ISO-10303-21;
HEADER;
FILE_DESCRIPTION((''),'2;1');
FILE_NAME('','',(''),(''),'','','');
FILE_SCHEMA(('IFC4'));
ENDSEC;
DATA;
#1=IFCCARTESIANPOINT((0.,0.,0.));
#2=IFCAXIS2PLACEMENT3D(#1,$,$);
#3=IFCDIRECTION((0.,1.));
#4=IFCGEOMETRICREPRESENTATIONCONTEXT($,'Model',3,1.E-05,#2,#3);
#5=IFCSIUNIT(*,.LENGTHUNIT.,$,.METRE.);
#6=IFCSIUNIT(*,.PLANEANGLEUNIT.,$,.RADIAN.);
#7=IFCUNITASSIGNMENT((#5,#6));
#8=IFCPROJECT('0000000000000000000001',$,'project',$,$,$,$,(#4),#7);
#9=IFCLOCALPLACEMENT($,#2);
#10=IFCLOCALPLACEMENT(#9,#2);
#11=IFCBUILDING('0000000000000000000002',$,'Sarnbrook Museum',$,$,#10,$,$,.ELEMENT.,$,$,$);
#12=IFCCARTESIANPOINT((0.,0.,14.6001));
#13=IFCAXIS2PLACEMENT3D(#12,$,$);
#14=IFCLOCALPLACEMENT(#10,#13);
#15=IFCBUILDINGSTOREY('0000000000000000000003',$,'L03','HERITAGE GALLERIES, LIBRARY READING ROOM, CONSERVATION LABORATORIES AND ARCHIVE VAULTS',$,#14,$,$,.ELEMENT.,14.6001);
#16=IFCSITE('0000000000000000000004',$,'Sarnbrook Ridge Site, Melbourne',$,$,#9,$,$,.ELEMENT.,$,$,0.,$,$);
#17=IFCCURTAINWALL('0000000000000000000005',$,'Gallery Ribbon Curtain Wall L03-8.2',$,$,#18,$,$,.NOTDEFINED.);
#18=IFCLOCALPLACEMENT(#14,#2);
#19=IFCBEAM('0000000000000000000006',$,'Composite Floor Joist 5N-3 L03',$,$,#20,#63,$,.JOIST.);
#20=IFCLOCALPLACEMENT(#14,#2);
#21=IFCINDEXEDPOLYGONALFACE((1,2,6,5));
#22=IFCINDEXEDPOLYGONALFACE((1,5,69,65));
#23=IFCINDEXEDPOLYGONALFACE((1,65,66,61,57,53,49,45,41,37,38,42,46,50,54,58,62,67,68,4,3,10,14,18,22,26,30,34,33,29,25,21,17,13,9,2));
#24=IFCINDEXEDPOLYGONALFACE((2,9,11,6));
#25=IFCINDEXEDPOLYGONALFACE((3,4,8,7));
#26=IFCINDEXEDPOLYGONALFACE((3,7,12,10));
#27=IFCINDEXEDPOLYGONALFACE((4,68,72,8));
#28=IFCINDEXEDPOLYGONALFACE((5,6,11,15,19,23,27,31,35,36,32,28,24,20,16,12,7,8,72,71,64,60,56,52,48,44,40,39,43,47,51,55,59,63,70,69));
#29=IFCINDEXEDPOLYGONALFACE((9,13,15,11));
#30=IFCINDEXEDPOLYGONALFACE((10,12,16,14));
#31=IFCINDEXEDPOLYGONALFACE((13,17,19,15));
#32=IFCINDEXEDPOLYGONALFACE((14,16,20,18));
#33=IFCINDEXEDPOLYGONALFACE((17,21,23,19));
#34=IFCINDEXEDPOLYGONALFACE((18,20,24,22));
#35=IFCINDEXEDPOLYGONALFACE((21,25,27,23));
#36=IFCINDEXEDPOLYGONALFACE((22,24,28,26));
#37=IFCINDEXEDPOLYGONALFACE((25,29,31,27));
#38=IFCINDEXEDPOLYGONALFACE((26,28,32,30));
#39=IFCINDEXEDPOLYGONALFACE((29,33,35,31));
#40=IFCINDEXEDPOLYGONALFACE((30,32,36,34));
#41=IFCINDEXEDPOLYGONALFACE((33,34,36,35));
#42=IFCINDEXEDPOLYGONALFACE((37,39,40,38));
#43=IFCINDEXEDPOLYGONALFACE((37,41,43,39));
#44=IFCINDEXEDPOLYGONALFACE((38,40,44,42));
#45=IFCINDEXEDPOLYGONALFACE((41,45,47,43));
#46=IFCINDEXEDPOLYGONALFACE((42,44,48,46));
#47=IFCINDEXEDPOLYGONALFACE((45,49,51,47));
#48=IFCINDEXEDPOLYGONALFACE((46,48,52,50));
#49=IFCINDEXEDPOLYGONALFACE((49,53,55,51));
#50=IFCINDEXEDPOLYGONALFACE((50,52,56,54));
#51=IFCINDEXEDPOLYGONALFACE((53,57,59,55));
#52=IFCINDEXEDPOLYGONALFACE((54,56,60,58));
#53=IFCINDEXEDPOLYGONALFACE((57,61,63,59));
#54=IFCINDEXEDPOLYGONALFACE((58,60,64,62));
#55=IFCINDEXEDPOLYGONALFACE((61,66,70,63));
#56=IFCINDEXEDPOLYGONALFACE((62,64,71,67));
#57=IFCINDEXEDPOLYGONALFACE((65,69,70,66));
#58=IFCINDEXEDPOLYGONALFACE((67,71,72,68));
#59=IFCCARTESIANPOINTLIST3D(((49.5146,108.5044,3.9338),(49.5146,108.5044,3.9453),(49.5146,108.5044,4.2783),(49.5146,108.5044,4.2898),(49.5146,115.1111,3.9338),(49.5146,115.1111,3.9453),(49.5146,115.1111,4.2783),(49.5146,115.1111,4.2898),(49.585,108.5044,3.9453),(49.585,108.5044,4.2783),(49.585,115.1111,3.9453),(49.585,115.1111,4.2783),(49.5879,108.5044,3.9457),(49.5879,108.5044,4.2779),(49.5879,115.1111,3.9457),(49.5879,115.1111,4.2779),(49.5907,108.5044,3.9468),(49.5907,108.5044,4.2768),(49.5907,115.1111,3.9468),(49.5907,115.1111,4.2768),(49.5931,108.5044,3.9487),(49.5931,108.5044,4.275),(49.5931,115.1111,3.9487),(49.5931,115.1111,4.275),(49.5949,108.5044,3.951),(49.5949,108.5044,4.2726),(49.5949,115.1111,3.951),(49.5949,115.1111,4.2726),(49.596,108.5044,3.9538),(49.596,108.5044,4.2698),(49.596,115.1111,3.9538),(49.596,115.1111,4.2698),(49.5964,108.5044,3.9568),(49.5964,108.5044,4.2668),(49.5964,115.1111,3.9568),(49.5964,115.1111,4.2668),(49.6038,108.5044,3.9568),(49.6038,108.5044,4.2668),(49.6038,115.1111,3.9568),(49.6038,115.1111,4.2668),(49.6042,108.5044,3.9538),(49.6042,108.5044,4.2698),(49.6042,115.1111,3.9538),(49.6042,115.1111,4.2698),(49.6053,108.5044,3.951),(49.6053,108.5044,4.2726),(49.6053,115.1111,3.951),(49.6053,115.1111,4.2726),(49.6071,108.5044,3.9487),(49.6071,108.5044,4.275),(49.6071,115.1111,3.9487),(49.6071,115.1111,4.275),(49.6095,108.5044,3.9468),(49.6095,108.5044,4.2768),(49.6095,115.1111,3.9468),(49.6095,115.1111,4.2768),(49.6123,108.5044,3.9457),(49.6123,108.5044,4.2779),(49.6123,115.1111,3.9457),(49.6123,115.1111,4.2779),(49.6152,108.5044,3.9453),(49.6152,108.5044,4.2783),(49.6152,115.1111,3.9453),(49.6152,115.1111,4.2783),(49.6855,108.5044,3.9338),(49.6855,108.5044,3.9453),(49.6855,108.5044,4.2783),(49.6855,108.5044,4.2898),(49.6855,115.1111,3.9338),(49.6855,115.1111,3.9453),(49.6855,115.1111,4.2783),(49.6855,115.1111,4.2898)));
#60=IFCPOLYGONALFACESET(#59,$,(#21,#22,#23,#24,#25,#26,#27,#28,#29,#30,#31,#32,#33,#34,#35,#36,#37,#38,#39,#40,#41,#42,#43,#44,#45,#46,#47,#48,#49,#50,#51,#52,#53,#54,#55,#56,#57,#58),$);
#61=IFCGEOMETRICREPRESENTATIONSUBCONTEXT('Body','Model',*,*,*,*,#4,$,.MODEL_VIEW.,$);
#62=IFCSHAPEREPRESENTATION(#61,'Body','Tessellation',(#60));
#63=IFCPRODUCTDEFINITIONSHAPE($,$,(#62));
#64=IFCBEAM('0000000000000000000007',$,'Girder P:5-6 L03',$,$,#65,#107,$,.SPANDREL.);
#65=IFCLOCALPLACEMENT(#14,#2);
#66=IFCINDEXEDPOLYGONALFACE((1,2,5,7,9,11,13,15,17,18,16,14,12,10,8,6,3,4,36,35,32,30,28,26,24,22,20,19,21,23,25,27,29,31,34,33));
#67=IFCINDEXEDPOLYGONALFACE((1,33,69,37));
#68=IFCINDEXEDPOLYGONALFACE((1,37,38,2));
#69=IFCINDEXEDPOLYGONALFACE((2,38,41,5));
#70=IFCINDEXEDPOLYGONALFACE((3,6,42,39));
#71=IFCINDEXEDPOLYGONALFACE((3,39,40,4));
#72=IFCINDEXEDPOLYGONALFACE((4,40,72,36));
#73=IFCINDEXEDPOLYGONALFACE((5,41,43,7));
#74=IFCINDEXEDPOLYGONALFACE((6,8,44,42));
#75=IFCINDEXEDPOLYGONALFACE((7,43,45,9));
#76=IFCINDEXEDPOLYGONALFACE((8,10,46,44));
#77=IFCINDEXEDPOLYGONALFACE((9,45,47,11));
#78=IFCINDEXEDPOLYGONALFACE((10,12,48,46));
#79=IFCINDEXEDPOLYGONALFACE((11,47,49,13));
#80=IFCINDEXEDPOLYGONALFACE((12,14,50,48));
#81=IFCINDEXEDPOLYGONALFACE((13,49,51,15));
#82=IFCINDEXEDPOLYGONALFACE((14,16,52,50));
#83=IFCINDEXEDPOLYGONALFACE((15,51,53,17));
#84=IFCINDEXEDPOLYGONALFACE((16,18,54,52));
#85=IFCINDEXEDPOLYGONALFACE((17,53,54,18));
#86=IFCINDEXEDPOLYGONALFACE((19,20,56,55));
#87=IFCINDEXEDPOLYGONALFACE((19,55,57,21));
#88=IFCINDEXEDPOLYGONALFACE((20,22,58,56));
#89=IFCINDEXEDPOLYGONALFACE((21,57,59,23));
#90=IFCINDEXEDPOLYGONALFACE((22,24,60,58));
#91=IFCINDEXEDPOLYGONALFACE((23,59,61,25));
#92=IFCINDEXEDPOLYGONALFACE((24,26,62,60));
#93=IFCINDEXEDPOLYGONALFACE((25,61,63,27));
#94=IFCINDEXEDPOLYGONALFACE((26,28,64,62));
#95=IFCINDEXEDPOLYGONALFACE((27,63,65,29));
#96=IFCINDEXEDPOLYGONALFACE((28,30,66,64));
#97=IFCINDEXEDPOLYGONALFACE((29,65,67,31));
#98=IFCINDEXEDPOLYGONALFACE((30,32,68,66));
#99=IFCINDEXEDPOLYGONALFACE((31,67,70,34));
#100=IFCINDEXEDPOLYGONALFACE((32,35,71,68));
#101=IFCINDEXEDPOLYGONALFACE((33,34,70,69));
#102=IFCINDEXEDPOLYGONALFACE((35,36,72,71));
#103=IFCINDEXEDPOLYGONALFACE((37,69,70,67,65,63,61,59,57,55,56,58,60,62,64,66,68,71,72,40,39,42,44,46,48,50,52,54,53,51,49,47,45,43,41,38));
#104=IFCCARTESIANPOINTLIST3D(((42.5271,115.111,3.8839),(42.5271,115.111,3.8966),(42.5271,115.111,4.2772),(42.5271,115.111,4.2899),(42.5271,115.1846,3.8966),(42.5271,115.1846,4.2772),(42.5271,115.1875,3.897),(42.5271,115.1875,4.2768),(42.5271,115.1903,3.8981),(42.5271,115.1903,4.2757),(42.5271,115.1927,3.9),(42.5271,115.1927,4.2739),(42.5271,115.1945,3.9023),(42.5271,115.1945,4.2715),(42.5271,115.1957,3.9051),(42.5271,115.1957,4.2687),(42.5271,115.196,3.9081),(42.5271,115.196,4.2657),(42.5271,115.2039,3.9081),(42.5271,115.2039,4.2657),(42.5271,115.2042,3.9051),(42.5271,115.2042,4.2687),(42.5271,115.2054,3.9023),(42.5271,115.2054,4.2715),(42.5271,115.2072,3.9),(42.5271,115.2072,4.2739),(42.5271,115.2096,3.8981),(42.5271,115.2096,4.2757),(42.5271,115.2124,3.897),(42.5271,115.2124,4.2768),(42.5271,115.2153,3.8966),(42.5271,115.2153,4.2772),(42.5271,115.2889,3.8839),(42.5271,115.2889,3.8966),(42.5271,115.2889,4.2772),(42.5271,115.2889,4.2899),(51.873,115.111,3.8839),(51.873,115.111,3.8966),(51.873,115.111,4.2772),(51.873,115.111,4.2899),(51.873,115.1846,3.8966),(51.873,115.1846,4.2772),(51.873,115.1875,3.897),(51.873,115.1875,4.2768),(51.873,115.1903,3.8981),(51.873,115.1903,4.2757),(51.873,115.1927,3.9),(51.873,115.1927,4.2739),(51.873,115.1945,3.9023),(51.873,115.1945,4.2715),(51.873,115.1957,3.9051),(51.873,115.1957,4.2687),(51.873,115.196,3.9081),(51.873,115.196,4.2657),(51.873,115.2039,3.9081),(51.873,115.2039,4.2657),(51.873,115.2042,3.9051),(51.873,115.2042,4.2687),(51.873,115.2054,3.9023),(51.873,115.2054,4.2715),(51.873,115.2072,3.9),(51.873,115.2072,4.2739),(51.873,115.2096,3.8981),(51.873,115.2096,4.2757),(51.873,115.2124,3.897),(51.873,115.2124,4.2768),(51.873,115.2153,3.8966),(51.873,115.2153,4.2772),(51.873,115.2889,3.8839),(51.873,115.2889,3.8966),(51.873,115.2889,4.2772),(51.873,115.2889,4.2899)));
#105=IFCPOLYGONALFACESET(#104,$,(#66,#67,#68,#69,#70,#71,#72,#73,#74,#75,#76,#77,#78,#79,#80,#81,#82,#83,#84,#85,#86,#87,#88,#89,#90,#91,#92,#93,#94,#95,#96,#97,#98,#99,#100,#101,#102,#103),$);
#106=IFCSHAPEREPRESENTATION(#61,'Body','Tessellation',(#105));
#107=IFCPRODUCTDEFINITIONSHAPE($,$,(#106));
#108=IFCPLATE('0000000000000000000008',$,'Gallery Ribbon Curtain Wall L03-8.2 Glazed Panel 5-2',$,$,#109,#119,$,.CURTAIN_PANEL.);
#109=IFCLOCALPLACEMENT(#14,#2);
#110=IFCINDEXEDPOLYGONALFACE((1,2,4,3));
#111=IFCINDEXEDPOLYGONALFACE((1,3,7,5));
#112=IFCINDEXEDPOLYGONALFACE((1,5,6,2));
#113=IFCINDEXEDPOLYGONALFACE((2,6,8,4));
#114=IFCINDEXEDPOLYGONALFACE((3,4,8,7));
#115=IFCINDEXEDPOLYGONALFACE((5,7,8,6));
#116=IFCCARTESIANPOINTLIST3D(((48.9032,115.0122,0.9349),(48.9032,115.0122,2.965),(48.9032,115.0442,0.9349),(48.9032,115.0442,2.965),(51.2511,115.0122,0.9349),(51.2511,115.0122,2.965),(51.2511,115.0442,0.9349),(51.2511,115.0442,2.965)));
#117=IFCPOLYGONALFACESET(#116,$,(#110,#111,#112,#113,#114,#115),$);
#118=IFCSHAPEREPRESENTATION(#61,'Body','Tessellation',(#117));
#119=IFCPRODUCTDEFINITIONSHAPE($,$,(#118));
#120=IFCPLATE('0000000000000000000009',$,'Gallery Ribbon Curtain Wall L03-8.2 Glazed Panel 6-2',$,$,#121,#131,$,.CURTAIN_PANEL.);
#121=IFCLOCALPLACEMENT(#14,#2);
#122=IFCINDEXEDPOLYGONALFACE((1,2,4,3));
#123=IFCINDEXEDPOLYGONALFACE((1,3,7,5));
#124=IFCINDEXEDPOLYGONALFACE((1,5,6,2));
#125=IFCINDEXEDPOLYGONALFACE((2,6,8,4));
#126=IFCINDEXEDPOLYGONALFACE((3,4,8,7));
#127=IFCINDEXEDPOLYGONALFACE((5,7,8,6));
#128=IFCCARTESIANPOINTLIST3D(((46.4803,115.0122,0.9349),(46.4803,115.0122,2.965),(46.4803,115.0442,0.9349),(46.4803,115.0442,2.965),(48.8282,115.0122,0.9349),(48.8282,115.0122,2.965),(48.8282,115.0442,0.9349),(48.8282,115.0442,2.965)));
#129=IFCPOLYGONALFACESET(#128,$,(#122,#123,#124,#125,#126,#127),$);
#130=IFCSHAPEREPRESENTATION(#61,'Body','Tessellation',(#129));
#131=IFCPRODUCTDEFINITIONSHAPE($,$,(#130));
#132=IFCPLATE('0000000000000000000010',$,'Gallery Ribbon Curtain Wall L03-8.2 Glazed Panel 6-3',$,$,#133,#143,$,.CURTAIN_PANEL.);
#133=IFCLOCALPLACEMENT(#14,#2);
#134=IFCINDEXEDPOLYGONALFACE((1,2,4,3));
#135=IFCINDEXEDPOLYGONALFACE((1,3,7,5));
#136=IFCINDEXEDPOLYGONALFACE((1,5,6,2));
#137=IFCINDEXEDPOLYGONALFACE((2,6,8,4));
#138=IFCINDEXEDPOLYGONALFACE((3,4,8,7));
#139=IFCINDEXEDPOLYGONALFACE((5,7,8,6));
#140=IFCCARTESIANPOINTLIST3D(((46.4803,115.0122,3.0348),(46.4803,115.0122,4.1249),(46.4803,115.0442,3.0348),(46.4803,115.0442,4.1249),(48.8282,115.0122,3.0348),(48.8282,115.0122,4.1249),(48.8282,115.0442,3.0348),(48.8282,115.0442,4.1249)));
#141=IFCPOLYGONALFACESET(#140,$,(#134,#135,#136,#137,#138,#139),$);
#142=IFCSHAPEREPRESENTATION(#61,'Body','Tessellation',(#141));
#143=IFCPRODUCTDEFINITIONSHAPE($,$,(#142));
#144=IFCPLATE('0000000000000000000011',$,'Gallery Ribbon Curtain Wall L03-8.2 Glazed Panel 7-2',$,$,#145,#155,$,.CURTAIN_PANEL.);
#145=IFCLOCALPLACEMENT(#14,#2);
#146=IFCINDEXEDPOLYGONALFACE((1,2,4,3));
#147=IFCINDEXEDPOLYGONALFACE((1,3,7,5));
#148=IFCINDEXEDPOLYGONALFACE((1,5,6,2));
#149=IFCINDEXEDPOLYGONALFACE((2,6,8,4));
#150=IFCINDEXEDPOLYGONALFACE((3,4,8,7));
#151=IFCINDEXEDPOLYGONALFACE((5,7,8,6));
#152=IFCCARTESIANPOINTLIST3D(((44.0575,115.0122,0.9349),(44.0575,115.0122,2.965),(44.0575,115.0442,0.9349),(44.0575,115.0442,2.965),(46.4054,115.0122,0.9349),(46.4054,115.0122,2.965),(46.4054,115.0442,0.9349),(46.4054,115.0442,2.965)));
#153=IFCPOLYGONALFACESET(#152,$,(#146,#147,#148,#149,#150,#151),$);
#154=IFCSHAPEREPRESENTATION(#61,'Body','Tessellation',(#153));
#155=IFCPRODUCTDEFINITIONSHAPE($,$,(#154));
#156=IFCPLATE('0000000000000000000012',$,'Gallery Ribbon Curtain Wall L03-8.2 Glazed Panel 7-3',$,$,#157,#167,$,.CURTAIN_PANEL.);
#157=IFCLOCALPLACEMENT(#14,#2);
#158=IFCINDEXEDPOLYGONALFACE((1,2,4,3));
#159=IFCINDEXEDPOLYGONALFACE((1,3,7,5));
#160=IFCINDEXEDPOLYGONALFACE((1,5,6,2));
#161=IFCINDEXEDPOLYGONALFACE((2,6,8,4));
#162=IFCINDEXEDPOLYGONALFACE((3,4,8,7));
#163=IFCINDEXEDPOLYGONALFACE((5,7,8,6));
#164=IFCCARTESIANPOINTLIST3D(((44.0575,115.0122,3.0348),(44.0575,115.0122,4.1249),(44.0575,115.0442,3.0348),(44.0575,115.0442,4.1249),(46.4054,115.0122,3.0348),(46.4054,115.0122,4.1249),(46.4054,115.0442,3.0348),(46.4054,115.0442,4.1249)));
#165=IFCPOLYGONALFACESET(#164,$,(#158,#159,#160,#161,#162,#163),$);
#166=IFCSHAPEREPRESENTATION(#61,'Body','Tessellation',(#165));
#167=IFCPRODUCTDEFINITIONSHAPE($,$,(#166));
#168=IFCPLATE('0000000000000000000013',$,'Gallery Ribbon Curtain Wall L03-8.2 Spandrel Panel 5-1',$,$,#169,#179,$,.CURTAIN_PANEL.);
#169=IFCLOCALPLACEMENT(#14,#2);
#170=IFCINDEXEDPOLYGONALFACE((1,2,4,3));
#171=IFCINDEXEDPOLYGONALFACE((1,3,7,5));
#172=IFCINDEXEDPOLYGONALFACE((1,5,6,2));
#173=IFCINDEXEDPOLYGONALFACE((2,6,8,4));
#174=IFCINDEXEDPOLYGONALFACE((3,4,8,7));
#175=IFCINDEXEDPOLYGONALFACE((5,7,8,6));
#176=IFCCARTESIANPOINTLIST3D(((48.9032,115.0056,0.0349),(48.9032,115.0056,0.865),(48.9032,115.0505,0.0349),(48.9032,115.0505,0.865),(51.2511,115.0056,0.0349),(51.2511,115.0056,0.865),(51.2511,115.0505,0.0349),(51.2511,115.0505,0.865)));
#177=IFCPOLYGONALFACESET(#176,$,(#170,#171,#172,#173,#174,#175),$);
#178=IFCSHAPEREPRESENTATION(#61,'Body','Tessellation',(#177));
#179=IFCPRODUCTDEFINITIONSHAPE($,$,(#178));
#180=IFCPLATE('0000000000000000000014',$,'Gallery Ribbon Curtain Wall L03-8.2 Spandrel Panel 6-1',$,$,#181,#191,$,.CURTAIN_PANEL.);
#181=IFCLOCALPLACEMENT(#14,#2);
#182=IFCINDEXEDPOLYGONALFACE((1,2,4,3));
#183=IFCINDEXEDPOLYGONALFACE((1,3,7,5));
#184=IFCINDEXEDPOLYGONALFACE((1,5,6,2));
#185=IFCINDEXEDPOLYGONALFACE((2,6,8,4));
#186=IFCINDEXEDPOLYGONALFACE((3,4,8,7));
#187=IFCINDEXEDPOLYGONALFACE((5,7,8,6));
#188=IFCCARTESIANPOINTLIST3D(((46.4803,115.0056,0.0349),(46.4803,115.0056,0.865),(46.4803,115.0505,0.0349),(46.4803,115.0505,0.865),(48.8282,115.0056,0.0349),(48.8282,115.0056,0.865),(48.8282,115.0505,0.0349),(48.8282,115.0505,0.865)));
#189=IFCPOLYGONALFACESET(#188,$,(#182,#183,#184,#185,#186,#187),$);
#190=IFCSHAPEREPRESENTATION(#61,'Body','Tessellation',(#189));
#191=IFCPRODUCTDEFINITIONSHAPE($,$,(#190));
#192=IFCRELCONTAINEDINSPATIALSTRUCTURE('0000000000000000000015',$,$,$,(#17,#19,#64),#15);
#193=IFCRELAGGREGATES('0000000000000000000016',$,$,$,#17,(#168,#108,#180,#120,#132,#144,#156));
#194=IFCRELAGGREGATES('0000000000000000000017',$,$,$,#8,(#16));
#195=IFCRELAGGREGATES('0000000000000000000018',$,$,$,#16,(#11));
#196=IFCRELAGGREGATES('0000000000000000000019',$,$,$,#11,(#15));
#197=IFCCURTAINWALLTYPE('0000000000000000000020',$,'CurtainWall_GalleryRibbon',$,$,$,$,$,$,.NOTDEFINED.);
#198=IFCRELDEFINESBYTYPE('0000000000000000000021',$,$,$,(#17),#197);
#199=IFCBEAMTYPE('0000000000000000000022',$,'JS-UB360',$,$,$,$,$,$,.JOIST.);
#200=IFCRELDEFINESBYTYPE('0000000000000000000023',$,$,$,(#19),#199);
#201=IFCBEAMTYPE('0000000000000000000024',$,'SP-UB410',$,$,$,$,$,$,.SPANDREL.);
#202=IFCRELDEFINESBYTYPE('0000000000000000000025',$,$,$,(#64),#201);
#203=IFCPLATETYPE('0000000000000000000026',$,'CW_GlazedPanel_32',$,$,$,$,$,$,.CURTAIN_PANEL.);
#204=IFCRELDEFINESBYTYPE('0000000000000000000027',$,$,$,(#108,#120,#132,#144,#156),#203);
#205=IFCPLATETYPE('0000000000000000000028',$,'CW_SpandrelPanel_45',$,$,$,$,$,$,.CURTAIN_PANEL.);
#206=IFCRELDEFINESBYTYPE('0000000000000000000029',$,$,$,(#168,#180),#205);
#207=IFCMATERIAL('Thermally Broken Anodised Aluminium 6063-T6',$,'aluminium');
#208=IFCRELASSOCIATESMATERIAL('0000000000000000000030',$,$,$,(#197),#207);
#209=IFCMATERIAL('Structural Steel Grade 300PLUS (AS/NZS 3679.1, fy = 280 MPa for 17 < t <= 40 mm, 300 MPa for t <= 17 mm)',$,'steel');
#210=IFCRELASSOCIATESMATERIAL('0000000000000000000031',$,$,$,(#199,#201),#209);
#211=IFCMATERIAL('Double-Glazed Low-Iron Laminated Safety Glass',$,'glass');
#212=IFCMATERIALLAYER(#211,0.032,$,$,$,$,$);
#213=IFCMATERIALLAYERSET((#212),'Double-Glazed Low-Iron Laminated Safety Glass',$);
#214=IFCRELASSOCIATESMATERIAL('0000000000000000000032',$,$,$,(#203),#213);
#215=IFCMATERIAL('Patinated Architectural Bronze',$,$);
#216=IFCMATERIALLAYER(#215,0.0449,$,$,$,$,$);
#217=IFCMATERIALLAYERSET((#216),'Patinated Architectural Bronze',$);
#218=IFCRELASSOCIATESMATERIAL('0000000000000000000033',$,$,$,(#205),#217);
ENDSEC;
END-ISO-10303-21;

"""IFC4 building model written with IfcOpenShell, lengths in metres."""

from ifc_helpers import new_model, si_unit, direction, frame, origin, origin_2d, place, context, subcontext, project, spatial, rectangle, i_section, extrude, material, layer, layer_set, material_profile, profile_set, type_object, element, aggregate, save


model = new_model("IFC4")

# Units and contexts
model_context = context("Model", 3, precision=1e-05, world=origin(), true_north=direction((0.0, 1.0)))
body_context = subcontext(model_context, "Body", "Model", "MODEL_VIEW")
ifc_project = project(units=[si_unit("LENGTHUNIT", "METRE"), si_unit("PLANEANGLEUNIT", "RADIAN")], contexts=[model_context])

# Site, building, storey
site_placement = place(None, origin())
site = spatial("IfcSite", under=ifc_project, at=site_placement, Name="Sarnbrook Ridge Site, Melbourne", CompositionType="ELEMENT", RefElevation=0.0)
building_placement = place(site_placement, origin())
building = spatial("IfcBuilding", under=site, at=building_placement, Name="Sarnbrook Museum", CompositionType="ELEMENT")
storey_placement = place(building_placement, frame((0.0, 0.0, 14.6001)))
storey = spatial("IfcBuildingStorey", under=building, at=storey_placement, Name="L03", Description="HERITAGE GALLERIES, LIBRARY READING ROOM, CONSERVATION LABORATORIES AND ARCHIVE VAULTS", CompositionType="ELEMENT", Elevation=14.6001)

# Shared definitions
ifc_material_1 = material(Name="Structural Steel Grade 300PLUS (AS/NZS 3679.1, fy = 280 MPa for 17 < t <= 40 mm, 300 MPa for t <= 17 mm)", Category="steel")

# Curtain wall
ifc_material_2 = material(Name="Thermally Broken Anodised Aluminium 6063-T6", Category="aluminium")
curtain_wall_type = type_object("IfcCurtainWallType", Name="CurtainWall_GalleryRibbon", PredefinedType="NOTDEFINED", material=ifc_material_2)
curtain_wall_placement = place(storey_placement, origin())
curtain_wall = element("IfcCurtainWall", 1, at=curtain_wall_placement, inside=storey, type_object=curtain_wall_type, Name="Gallery Ribbon Curtain Wall L03-8.2", PredefinedType="NOTDEFINED")

# Beams
ifc_material_profile_1 = material_profile(ifc_material_1, i_section(OverallWidth=0.1709, OverallDepth=0.356, WebThickness=0.0073, FlangeThickness=0.0115, FilletRadius=0.0115, at=origin_2d()), Name="360UB50.7")
ifc_profile_set_1 = profile_set([ifc_material_profile_1], Name="Structural Steel Grade 300PLUS (AS/NZS 3679.1, fy = 280 MPa for 17 < t <= 40 mm, 300 MPa for t <= 17 mm)")
beam_type_1 = type_object("IfcBeamType", Name="JS-UB360", PredefinedType="JOIST", material=ifc_profile_set_1)
for number, where, z_axis, x_axis, name in (
    (2, (49.6001, 108.5044, 4.1118), (0.0, 1.0, 0.0), (-1.0, 0.0, 0.0), "Composite Floor Joist 5N-3 L03"),
):
    element("IfcBeam", number, at=place(storey_placement, frame(where, z_axis=z_axis, x_axis=x_axis)), inside=storey, type_object=beam_type_1, Name=name, PredefinedType="JOIST", context=body_context, shape_type="SweptSolid", body=[
        extrude(i_section(OverallWidth=0.1709, OverallDepth=0.356, WebThickness=0.0073, FlangeThickness=0.0115, FilletRadius=0.0115, at=origin_2d()), origin(), (0.0, 0.0, 1.0), 6.6067),
    ])
ifc_material_profile_2 = material_profile(ifc_material_1, i_section(OverallWidth=0.178, OverallDepth=0.406, WebThickness=0.0078, FlangeThickness=0.0127, FilletRadius=0.0115, at=origin_2d()), Name="410UB59.7")
ifc_profile_set_2 = profile_set([ifc_material_profile_2], Name="Structural Steel Grade 300PLUS (AS/NZS 3679.1, fy = 280 MPa for 17 < t <= 40 mm, 300 MPa for t <= 17 mm)")
beam_type_2 = type_object("IfcBeamType", Name="SP-UB410", PredefinedType="SPANDREL", material=ifc_profile_set_2)
beam_1_placement = place(storey_placement, frame((42.5271, 115.2, 4.0869), z_axis=(1.0, 0.0, 0.0), x_axis=(0.0, 1.0, 0.0)))
element("IfcBeam", 3, at=beam_1_placement, inside=storey, type_object=beam_type_2, Name="Girder P:5-6 L03", PredefinedType="SPANDREL", context=body_context, shape_type="SweptSolid", body=[
    extrude(i_section(OverallWidth=0.178, OverallDepth=0.406, WebThickness=0.0078, FlangeThickness=0.0127, FilletRadius=0.0115, at=origin_2d()), origin(), (0.0, 0.0, 1.0), 9.3459),
])

# Plates
ifc_material_3 = material(Name="Double-Glazed Low-Iron Laminated Safety Glass", Category="glass")
ifc_layer_1 = layer(ifc_material_3, 0.032)
ifc_layer_set_1 = layer_set([ifc_layer_1], Name="Double-Glazed Low-Iron Laminated Safety Glass")
plate_type_1 = type_object("IfcPlateType", Name="CW_GlazedPanel_32", PredefinedType="CURTAIN_PANEL", material=ifc_layer_set_1)
plate_1_placement = place(storey_placement, frame((50.0771, 115.0122, 1.95), z_axis=(0.0, 1.0, 0.0), x_axis=(-1.0, 0.0, 0.0)))
plate_1 = element("IfcPlate", 4, at=plate_1_placement, type_object=plate_type_1, Name="Gallery Ribbon Curtain Wall L03-8.2 Glazed Panel 5-2", PredefinedType="CURTAIN_PANEL", context=body_context, shape_type="SweptSolid", body=[
    extrude(rectangle(XDim=2.3479, YDim=2.03, at=origin_2d()), origin(), (0.0, 0.0, 1.0), 0.032),
])
plate_2_placement = place(storey_placement, frame((47.6543, 115.0122, 1.95), z_axis=(0.0, 1.0, 0.0), x_axis=(-1.0, 0.0, 0.0)))
plate_2 = element("IfcPlate", 5, at=plate_2_placement, type_object=plate_type_1, Name="Gallery Ribbon Curtain Wall L03-8.2 Glazed Panel 6-2", PredefinedType="CURTAIN_PANEL", context=body_context, shape_type="SweptSolid", body=[
    extrude(rectangle(XDim=2.3479, YDim=2.03, at=origin_2d()), origin(), (0.0, 0.0, 1.0), 0.032),
])
plate_3_placement = place(storey_placement, frame((47.6543, 115.0122, 3.5798), z_axis=(0.0, 1.0, 0.0), x_axis=(-1.0, 0.0, 0.0)))
plate_3 = element("IfcPlate", 6, at=plate_3_placement, type_object=plate_type_1, Name="Gallery Ribbon Curtain Wall L03-8.2 Glazed Panel 6-3", PredefinedType="CURTAIN_PANEL", context=body_context, shape_type="SweptSolid", body=[
    extrude(rectangle(XDim=2.3479, YDim=1.0901, at=origin_2d()), origin(), (0.0, 0.0, 1.0), 0.032),
])
plate_4_placement = place(storey_placement, frame((45.2314, 115.0122, 1.95), z_axis=(0.0, 1.0, 0.0), x_axis=(-1.0, 0.0, 0.0)))
plate_4 = element("IfcPlate", 7, at=plate_4_placement, type_object=plate_type_1, Name="Gallery Ribbon Curtain Wall L03-8.2 Glazed Panel 7-2", PredefinedType="CURTAIN_PANEL", context=body_context, shape_type="SweptSolid", body=[
    extrude(rectangle(XDim=2.3479, YDim=2.03, at=origin_2d()), origin(), (0.0, 0.0, 1.0), 0.032),
])
plate_5_placement = place(storey_placement, frame((45.2314, 115.0122, 3.5798), z_axis=(0.0, 1.0, 0.0), x_axis=(-1.0, 0.0, 0.0)))
plate_5 = element("IfcPlate", 8, at=plate_5_placement, type_object=plate_type_1, Name="Gallery Ribbon Curtain Wall L03-8.2 Glazed Panel 7-3", PredefinedType="CURTAIN_PANEL", context=body_context, shape_type="SweptSolid", body=[
    extrude(rectangle(XDim=2.3479, YDim=1.0901, at=origin_2d()), origin(), (0.0, 0.0, 1.0), 0.032),
])
ifc_material_4 = material(Name="Patinated Architectural Bronze")
ifc_layer_2 = layer(ifc_material_4, 0.0449)
ifc_layer_set_2 = layer_set([ifc_layer_2], Name="Patinated Architectural Bronze")
plate_type_2 = type_object("IfcPlateType", Name="CW_SpandrelPanel_45", PredefinedType="CURTAIN_PANEL", material=ifc_layer_set_2)
plate_6_placement = place(storey_placement, frame((50.0771, 115.0056, 0.45), z_axis=(0.0, 1.0, 0.0), x_axis=(-1.0, 0.0, 0.0)))
plate_6 = element("IfcPlate", 9, at=plate_6_placement, type_object=plate_type_2, Name="Gallery Ribbon Curtain Wall L03-8.2 Spandrel Panel 5-1", PredefinedType="CURTAIN_PANEL", context=body_context, shape_type="SweptSolid", body=[
    extrude(rectangle(XDim=2.3479, YDim=0.8301, at=origin_2d()), origin(), (0.0, 0.0, 1.0), 0.0449),
])
plate_7_placement = place(storey_placement, frame((47.6543, 115.0056, 0.45), z_axis=(0.0, 1.0, 0.0), x_axis=(-1.0, 0.0, 0.0)))
plate_7 = element("IfcPlate", 10, at=plate_7_placement, type_object=plate_type_2, Name="Gallery Ribbon Curtain Wall L03-8.2 Spandrel Panel 6-1", PredefinedType="CURTAIN_PANEL", context=body_context, shape_type="SweptSolid", body=[
    extrude(rectangle(XDim=2.3479, YDim=0.8301, at=origin_2d()), origin(), (0.0, 0.0, 1.0), 0.0449),
])
aggregate(curtain_wall, [plate_6, plate_1, plate_7, plate_2, plate_3, plate_4, plate_5])

save(model, "model.ifc")
